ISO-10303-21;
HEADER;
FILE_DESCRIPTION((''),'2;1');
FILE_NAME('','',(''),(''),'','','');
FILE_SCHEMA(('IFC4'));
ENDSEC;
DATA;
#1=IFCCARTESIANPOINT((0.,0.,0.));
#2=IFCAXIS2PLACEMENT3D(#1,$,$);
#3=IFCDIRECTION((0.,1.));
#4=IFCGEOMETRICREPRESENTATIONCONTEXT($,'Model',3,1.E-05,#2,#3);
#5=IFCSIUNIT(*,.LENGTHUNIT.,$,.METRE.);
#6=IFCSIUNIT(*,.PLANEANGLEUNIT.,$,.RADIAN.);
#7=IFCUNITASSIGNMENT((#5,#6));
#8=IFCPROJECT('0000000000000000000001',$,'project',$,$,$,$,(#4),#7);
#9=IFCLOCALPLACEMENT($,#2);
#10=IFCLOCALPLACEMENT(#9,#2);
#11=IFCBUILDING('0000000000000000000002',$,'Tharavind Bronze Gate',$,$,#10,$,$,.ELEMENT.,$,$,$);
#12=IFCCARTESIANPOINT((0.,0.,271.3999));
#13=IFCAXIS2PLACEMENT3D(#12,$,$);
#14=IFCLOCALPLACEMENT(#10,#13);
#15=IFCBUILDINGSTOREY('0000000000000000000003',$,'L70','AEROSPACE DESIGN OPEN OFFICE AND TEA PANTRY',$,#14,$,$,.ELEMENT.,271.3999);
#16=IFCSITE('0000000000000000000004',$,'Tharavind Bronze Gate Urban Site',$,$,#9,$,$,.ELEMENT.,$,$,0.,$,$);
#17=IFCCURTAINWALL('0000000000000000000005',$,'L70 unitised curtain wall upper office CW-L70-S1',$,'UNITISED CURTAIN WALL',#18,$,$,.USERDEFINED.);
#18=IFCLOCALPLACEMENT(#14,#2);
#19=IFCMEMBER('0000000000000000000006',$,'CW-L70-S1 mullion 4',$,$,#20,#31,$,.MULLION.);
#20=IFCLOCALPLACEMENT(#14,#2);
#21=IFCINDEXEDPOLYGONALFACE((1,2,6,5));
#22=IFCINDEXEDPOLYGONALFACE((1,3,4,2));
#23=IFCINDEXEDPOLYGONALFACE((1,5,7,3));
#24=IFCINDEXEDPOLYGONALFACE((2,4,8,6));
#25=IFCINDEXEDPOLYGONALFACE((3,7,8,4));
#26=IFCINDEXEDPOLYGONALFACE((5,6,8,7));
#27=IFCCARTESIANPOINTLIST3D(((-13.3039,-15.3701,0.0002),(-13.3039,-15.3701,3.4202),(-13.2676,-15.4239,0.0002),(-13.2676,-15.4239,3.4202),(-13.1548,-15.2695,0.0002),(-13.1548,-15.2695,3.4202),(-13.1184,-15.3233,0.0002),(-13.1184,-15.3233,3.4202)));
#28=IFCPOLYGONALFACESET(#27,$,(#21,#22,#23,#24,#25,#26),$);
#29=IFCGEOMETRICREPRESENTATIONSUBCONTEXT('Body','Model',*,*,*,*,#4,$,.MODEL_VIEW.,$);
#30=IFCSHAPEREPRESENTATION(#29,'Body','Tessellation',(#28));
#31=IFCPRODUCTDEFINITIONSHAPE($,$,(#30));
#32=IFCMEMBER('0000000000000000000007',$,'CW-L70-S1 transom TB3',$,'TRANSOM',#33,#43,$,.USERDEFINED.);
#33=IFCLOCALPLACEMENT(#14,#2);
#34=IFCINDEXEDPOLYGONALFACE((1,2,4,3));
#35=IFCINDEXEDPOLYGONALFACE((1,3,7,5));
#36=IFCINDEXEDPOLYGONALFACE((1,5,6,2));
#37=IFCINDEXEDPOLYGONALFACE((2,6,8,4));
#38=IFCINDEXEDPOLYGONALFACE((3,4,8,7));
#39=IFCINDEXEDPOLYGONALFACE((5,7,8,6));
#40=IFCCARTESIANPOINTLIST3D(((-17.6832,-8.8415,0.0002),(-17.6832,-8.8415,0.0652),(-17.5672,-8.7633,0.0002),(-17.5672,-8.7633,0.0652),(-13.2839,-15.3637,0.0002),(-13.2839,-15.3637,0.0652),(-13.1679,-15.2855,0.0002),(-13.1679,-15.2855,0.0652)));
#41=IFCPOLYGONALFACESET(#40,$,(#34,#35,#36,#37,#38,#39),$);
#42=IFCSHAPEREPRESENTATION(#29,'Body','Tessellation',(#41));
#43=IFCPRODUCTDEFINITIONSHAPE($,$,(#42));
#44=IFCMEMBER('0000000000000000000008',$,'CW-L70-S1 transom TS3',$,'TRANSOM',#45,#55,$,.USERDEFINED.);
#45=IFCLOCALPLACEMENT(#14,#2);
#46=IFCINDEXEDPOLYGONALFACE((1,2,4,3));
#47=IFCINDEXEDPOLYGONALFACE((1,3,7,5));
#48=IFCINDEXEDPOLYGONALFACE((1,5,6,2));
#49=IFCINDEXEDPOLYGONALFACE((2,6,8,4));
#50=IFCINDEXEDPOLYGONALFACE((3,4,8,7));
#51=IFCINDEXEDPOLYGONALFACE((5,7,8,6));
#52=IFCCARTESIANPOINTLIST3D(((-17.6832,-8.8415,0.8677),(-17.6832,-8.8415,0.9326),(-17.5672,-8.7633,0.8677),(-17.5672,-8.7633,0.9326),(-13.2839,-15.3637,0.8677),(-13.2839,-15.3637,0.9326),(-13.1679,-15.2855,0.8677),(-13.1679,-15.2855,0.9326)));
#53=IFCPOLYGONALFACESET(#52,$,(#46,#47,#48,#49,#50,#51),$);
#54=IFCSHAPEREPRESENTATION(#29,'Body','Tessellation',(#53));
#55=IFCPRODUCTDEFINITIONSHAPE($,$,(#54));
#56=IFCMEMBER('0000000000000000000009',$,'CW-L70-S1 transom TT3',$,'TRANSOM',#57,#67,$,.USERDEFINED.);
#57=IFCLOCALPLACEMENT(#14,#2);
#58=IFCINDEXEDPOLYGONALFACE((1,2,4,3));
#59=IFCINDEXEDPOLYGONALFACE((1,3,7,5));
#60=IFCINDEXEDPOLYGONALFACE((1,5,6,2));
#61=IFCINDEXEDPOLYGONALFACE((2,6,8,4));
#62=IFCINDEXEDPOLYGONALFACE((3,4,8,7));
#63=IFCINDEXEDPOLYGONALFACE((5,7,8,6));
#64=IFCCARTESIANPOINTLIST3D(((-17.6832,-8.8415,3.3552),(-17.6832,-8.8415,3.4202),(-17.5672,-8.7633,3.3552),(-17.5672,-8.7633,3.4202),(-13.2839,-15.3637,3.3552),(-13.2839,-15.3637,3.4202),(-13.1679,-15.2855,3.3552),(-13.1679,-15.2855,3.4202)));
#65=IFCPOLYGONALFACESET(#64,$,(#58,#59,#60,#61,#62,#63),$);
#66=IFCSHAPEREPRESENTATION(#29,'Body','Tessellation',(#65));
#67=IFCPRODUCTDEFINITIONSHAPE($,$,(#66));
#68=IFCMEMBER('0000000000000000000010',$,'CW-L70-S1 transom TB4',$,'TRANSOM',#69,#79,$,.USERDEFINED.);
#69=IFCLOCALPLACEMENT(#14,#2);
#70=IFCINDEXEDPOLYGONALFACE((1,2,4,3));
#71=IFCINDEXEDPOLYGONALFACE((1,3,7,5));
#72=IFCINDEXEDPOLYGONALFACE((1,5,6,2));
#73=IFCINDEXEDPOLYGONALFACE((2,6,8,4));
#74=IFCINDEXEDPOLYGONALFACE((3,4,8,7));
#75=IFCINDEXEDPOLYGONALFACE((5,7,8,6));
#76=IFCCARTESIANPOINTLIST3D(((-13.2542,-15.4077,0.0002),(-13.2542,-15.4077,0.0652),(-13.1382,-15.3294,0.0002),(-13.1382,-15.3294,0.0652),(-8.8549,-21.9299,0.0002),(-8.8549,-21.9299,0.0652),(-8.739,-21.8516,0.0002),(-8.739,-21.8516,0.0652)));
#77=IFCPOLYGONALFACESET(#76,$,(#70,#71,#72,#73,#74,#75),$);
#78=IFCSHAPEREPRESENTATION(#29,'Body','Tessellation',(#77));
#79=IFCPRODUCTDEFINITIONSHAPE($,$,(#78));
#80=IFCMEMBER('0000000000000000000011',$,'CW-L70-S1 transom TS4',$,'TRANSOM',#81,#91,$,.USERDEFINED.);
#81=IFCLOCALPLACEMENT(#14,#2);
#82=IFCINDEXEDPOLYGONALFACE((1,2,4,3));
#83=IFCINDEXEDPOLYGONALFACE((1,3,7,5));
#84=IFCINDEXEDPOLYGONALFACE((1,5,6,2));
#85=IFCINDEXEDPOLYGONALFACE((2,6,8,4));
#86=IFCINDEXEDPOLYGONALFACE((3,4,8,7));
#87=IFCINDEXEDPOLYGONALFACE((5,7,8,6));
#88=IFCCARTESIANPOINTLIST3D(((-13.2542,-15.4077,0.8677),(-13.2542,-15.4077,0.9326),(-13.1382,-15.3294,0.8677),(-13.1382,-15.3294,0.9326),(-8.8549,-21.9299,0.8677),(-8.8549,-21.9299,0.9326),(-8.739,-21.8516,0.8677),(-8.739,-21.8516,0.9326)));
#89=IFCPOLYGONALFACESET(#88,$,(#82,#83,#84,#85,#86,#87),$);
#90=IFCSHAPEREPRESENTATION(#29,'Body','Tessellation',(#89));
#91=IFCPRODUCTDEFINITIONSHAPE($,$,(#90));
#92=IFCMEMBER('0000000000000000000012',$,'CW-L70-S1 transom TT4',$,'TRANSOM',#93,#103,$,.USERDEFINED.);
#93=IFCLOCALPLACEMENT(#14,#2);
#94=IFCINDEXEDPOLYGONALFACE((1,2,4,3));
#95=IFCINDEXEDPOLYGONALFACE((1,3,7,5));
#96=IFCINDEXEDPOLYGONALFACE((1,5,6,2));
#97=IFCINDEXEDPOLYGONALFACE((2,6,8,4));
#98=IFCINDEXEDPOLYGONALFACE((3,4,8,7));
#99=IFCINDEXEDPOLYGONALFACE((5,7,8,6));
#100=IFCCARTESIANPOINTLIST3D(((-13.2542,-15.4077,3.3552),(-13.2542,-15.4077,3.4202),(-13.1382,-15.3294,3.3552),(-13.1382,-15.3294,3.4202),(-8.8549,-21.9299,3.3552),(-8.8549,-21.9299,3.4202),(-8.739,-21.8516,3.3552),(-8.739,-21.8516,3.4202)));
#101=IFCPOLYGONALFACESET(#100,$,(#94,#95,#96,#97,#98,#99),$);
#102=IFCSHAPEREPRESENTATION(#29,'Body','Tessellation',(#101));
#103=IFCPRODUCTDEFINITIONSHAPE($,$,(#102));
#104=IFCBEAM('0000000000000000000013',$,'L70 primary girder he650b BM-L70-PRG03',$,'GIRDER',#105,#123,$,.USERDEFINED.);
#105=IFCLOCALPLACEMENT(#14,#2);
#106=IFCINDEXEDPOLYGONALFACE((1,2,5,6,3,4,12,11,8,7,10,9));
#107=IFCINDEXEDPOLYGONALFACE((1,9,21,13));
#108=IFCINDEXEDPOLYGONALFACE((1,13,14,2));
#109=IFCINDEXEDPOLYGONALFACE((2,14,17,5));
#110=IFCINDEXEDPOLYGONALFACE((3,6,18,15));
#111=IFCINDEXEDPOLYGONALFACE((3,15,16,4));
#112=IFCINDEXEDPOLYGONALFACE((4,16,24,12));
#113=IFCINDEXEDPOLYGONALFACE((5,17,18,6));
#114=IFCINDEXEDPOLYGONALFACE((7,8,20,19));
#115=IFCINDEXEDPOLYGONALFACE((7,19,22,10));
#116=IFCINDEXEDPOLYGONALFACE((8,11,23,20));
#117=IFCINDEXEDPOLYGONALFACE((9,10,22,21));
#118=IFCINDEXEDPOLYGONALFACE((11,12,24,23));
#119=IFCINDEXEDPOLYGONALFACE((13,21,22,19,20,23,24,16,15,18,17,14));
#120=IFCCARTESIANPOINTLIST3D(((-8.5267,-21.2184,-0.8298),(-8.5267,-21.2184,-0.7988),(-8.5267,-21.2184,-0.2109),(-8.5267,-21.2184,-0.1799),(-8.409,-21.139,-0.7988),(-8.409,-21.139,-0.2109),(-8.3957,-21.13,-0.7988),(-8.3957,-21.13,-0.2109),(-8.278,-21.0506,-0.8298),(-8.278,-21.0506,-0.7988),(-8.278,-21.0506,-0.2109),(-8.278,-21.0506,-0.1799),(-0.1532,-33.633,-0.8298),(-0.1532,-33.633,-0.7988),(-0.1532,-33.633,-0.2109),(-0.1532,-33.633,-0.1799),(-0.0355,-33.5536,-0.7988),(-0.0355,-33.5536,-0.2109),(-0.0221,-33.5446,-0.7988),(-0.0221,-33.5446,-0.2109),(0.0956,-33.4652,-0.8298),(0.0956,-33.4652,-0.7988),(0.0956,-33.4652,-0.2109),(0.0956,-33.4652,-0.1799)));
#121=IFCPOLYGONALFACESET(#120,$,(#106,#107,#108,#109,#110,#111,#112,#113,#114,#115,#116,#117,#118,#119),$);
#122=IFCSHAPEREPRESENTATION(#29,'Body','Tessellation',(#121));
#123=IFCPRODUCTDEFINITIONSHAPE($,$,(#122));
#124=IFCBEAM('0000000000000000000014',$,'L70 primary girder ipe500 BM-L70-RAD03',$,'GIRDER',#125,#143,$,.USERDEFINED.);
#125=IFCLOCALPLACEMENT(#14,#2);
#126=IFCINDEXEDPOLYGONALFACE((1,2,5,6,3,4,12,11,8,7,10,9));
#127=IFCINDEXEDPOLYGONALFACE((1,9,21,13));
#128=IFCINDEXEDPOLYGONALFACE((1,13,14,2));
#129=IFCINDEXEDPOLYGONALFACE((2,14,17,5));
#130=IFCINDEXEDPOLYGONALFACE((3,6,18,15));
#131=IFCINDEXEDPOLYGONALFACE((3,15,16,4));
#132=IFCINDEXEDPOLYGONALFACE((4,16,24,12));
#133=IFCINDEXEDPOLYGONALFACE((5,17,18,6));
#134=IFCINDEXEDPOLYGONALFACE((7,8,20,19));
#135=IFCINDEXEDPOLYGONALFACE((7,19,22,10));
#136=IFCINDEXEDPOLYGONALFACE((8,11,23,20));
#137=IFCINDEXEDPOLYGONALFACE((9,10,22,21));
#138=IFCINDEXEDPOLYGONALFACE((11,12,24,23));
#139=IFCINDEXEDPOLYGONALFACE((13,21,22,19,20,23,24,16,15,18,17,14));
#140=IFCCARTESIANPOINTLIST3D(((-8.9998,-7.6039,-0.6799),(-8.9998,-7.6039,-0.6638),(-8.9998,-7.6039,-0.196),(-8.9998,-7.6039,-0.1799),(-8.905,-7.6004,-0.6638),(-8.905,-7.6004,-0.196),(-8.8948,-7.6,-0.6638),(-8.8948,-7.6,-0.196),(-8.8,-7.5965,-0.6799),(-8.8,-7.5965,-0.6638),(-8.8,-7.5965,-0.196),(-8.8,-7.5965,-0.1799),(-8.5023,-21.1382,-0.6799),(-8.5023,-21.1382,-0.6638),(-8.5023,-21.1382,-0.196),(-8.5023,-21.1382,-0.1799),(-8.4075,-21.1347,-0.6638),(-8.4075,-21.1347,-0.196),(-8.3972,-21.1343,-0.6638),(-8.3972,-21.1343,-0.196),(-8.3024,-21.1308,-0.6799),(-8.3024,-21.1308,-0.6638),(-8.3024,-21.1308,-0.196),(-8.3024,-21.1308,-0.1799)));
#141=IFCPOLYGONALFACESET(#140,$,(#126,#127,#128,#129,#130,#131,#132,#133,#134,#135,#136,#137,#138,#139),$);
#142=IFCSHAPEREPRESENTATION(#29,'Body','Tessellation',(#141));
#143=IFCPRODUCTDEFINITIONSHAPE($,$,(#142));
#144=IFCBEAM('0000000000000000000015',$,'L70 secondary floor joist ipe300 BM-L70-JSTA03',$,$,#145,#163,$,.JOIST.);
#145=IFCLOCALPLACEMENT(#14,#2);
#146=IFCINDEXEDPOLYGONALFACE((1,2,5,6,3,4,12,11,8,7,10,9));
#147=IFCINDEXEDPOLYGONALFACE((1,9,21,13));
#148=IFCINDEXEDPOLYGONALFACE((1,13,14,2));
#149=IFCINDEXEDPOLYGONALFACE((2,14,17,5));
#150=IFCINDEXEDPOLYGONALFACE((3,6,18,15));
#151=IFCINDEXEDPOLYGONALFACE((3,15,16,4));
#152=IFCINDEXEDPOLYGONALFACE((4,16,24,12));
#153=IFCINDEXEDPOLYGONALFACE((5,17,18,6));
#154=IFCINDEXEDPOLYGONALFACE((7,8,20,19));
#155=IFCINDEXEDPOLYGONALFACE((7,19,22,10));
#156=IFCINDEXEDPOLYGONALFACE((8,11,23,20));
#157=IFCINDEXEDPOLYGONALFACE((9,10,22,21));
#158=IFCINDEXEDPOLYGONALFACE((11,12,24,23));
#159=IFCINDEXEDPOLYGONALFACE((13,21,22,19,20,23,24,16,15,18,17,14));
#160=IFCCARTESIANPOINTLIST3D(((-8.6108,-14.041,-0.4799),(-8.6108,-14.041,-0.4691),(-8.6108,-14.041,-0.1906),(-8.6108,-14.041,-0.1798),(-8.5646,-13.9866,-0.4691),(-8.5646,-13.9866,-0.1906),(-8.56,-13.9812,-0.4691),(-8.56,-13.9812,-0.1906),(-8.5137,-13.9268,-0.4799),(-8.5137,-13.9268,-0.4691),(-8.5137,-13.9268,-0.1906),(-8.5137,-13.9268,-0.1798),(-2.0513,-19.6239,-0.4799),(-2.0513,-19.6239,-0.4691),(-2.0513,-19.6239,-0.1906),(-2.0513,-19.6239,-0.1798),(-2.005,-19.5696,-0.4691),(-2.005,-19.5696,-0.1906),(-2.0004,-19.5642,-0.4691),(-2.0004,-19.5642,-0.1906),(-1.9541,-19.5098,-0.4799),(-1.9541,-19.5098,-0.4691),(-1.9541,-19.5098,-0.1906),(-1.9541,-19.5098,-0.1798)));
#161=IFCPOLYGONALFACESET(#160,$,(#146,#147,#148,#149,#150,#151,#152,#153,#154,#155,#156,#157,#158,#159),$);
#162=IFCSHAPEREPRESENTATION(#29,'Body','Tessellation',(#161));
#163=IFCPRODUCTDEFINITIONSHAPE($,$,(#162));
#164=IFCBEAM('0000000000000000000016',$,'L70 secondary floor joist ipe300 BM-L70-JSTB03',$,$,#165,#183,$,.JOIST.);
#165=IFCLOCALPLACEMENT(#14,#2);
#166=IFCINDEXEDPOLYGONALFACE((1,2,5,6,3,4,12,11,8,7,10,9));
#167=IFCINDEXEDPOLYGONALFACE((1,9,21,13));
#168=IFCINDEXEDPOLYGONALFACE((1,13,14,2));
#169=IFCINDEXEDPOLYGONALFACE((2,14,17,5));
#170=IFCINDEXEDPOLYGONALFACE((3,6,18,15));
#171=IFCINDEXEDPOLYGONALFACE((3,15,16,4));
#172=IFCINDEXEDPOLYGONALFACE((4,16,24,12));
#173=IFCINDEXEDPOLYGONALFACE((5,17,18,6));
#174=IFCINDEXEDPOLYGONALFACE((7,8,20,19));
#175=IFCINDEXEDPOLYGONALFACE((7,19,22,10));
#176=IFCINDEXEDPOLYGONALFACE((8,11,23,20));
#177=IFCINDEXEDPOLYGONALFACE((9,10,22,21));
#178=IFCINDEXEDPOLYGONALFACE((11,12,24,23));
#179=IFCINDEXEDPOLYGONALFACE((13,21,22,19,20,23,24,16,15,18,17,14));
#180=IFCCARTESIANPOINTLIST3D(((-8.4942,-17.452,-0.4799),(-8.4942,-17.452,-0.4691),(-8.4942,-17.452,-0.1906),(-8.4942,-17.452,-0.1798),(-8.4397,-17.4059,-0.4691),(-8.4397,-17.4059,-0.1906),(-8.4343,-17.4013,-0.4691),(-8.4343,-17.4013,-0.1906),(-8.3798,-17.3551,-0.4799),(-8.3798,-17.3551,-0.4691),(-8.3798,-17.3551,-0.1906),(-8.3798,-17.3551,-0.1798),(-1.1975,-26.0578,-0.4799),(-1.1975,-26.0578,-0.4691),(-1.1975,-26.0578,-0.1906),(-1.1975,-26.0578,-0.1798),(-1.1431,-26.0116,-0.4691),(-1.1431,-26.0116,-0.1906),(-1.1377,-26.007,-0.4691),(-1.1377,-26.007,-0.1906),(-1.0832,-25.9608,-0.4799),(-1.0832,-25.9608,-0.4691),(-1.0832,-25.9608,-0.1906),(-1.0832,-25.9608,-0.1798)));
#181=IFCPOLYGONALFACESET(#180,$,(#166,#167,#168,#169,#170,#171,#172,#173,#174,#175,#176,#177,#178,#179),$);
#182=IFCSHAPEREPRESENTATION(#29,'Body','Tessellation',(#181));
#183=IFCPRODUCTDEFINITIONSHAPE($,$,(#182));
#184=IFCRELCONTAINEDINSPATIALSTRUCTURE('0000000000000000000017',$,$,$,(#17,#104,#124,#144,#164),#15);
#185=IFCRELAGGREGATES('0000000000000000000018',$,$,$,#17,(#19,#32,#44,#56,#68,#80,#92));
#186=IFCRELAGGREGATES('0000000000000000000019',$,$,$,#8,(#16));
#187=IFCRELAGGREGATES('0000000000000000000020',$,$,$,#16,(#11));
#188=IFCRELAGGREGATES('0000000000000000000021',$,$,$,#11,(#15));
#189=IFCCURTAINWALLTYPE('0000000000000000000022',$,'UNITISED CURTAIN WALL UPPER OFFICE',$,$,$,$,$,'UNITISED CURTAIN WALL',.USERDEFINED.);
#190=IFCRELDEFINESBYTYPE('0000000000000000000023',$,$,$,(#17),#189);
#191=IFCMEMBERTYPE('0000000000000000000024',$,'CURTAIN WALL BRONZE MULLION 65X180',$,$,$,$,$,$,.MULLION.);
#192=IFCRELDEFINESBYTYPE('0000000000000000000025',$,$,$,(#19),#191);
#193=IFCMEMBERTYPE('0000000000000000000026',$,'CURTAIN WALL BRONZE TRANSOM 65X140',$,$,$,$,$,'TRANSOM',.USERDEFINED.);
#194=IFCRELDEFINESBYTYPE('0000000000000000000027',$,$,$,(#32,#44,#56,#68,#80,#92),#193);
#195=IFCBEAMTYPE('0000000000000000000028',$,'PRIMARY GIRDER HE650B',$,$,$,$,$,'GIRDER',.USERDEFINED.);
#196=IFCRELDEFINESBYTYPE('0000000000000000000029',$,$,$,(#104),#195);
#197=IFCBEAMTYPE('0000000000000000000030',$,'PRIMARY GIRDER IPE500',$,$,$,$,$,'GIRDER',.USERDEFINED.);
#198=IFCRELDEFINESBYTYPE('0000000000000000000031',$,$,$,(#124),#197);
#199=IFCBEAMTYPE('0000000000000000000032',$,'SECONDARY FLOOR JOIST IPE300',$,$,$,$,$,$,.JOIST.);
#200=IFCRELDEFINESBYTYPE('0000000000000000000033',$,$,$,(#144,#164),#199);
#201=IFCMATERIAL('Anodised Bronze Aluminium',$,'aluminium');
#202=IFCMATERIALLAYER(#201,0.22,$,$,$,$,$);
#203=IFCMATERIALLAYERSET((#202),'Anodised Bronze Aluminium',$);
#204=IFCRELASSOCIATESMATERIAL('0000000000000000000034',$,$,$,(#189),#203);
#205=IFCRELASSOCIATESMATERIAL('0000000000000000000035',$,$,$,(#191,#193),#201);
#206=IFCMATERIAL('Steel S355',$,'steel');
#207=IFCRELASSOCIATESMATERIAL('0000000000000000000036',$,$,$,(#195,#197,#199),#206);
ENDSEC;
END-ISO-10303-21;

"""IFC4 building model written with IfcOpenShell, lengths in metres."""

from ifc_helpers import new_model, si_unit, direction, frame, origin, origin_2d, place, context, subcontext, project, spatial, rectangle, i_section, extrude, material, layer, layer_set, material_profile, profile_set, type_object, element, aggregate, save


model = new_model("IFC4")

# Units and contexts
model_context = context("Model", 3, precision=1e-05, world=origin(), true_north=direction((0.0, 1.0)))
body_context = subcontext(model_context, "Body", "Model", "MODEL_VIEW")
ifc_project = project(units=[si_unit("LENGTHUNIT", "METRE"), si_unit("PLANEANGLEUNIT", "RADIAN")], contexts=[model_context])

# Site, building, storey
site_placement = place(None, origin())
site = spatial("IfcSite", under=ifc_project, at=site_placement, Name="Tharavind Bronze Gate Urban Site", CompositionType="ELEMENT", RefElevation=0.0)
building_placement = place(site_placement, origin())
building = spatial("IfcBuilding", under=site, at=building_placement, Name="Tharavind Bronze Gate", CompositionType="ELEMENT")
storey_placement = place(building_placement, frame((0.0, 0.0, 271.3999)))
storey = spatial("IfcBuildingStorey", under=building, at=storey_placement, Name="L70", Description="AEROSPACE DESIGN OPEN OFFICE AND TEA PANTRY", CompositionType="ELEMENT", Elevation=271.3999)

# Curtain wall, members
ifc_material_1 = material(Name="Anodised Bronze Aluminium", Category="aluminium")
ifc_layer_1 = layer(ifc_material_1, 0.22)
ifc_layer_set_1 = layer_set([ifc_layer_1], Name="Anodised Bronze Aluminium")
curtain_wall_type = type_object("IfcCurtainWallType", Name="UNITISED CURTAIN WALL UPPER OFFICE", ElementType="UNITISED CURTAIN WALL", PredefinedType="USERDEFINED", material=ifc_layer_set_1)
curtain_wall_placement = place(storey_placement, origin())
curtain_wall = element("IfcCurtainWall", 1, at=curtain_wall_placement, inside=storey, type_object=curtain_wall_type, Name="L70 unitised curtain wall upper office CW-L70-S1", ObjectType="UNITISED CURTAIN WALL", PredefinedType="USERDEFINED")
member_type_1 = type_object("IfcMemberType", Name="CURTAIN WALL BRONZE MULLION 65X180", PredefinedType="MULLION", material=ifc_material_1)
member_1_placement = place(storey_placement, frame((-13.2112, -15.3467, 0.0002), z_axis=(0.0, 0.0, 1.0), x_axis=(0.559191, -0.829039, 0.0)))
member_1 = element("IfcMember", 2, at=member_1_placement, type_object=member_type_1, Name="CW-L70-S1 mullion 4", PredefinedType="MULLION", context=body_context, shape_type="SweptSolid", body=[
    extrude(rectangle(XDim=0.0649, YDim=0.1799, at=origin_2d()), origin(), (0.0, 0.0, 1.0), 3.4199),
])
member_type_2 = type_object("IfcMemberType", Name="CURTAIN WALL BRONZE TRANSOM 65X140", ElementType="TRANSOM", PredefinedType="USERDEFINED", material=ifc_material_1)
member_2_placement = place(storey_placement, frame((-15.4255, -12.0635, 0.0002), z_axis=(0.0, 0.0, 1.0), x_axis=(0.559191, -0.829039, 0.0)))
member_2 = element("IfcMember", 3, at=member_2_placement, type_object=member_type_2, Name="CW-L70-S1 transom TB3", ObjectType="TRANSOM", PredefinedType="USERDEFINED", context=body_context, shape_type="SweptSolid", body=[
    extrude(rectangle(XDim=7.8672, YDim=0.1399, at=origin_2d()), origin(), (0.0, 0.0, 1.0), 0.0649),
])
member_3_placement = place(storey_placement, frame((-15.4255, -12.0635, 0.8677), z_axis=(0.0, 0.0, 1.0), x_axis=(0.559191, -0.829039, 0.0)))
member_3 = element("IfcMember", 4, at=member_3_placement, type_object=member_type_2, Name="CW-L70-S1 transom TS3", ObjectType="TRANSOM", PredefinedType="USERDEFINED", context=body_context, shape_type="SweptSolid", body=[
    extrude(rectangle(XDim=7.8672, YDim=0.1399, at=origin_2d()), origin(), (0.0, 0.0, 1.0), 0.0649),
])
member_4_placement = place(storey_placement, frame((-15.4255, -12.0635, 3.3552), z_axis=(0.0, 0.0, 1.0), x_axis=(0.559191, -0.829039, 0.0)))
member_4 = element("IfcMember", 5, at=member_4_placement, type_object=member_type_2, Name="CW-L70-S1 transom TT3", ObjectType="TRANSOM", PredefinedType="USERDEFINED", context=body_context, shape_type="SweptSolid", body=[
    extrude(rectangle(XDim=7.8672, YDim=0.1399, at=origin_2d()), origin(), (0.0, 0.0, 1.0), 0.0649),
])
member_5_placement = place(storey_placement, frame((-10.9966, -18.6296, 0.0002), z_axis=(0.0, 0.0, 1.0), x_axis=(0.559191, -0.829039, 0.0)))
member_5 = element("IfcMember", 6, at=member_5_placement, type_object=member_type_2, Name="CW-L70-S1 transom TB4", ObjectType="TRANSOM", PredefinedType="USERDEFINED", context=body_context, shape_type="SweptSolid", body=[
    extrude(rectangle(XDim=7.8672, YDim=0.1399, at=origin_2d()), origin(), (0.0, 0.0, 1.0), 0.0649),
])
member_6_placement = place(storey_placement, frame((-10.9966, -18.6296, 0.8677), z_axis=(0.0, 0.0, 1.0), x_axis=(0.559191, -0.829039, 0.0)))
member_6 = element("IfcMember", 7, at=member_6_placement, type_object=member_type_2, Name="CW-L70-S1 transom TS4", ObjectType="TRANSOM", PredefinedType="USERDEFINED", context=body_context, shape_type="SweptSolid", body=[
    extrude(rectangle(XDim=7.8672, YDim=0.1399, at=origin_2d()), origin(), (0.0, 0.0, 1.0), 0.0649),
])
member_7_placement = place(storey_placement, frame((-10.9966, -18.6296, 3.3552), z_axis=(0.0, 0.0, 1.0), x_axis=(0.559191, -0.829039, 0.0)))
member_7 = element("IfcMember", 8, at=member_7_placement, type_object=member_type_2, Name="CW-L70-S1 transom TT4", ObjectType="TRANSOM", PredefinedType="USERDEFINED", context=body_context, shape_type="SweptSolid", body=[
    extrude(rectangle(XDim=7.8672, YDim=0.1399, at=origin_2d()), origin(), (0.0, 0.0, 1.0), 0.0649),
])

# Beams
ifc_material_2 = material(Name="Steel S355", Category="steel")
ifc_material_profile_1 = material_profile(ifc_material_2, i_section(OverallWidth=0.3, OverallDepth=0.6499, WebThickness=0.0161, FlangeThickness=0.031, at=origin_2d()), Name="HE650B")
ifc_profile_set_1 = profile_set([ifc_material_profile_1], Name="Steel S355")
beam_type_1 = type_object("IfcBeamType", Name="PRIMARY GIRDER HE650B", ElementType="GIRDER", PredefinedType="USERDEFINED", material=ifc_profile_set_1)
beam_1_placement = place(storey_placement, frame((-8.4023, -21.1345, -0.5049), z_axis=(0.559184, -0.829043, 0.0), x_axis=(0.829043, 0.559184, 0.0)))
element("IfcBeam", 9, at=beam_1_placement, inside=storey, type_object=beam_type_1, Name="L70 primary girder he650b BM-L70-PRG03", ObjectType="GIRDER", PredefinedType="USERDEFINED", context=body_context, shape_type="SweptSolid", body=[
    extrude(i_section(OverallWidth=0.3, OverallDepth=0.6499, WebThickness=0.0161, FlangeThickness=0.031, at=origin_2d()), origin(), (0.0, 0.0, 1.0), 14.9746),
])
ifc_material_profile_2 = material_profile(ifc_material_2, i_section(OverallWidth=0.2, OverallDepth=0.5, WebThickness=0.0103, FlangeThickness=0.0161, at=origin_2d()), Name="IPE500")
ifc_profile_set_2 = profile_set([ifc_material_profile_2], Name="Steel S355")
beam_type_2 = type_object("IfcBeamType", Name="PRIMARY GIRDER IPE500", ElementType="GIRDER", PredefinedType="USERDEFINED", material=ifc_profile_set_2)
beam_2_placement = place(storey_placement, frame((-8.4023, -21.1345, -0.4299), z_axis=(-0.036738, 0.999325, 0.0), x_axis=(-0.999325, -0.036738, 0.0)))
element("IfcBeam", 10, at=beam_2_placement, inside=storey, type_object=beam_type_2, Name="L70 primary girder ipe500 BM-L70-RAD03", ObjectType="GIRDER", PredefinedType="USERDEFINED", context=body_context, shape_type="SweptSolid", body=[
    extrude(i_section(OverallWidth=0.2, OverallDepth=0.5, WebThickness=0.0103, FlangeThickness=0.0161, at=origin_2d()), origin(), (0.0, 0.0, 1.0), 13.5435),
])
ifc_material_profile_3 = material_profile(ifc_material_2, i_section(OverallWidth=0.1499, OverallDepth=0.3, WebThickness=0.0071, FlangeThickness=0.0107, at=origin_2d()), Name="IPE300")
ifc_profile_set_3 = profile_set([ifc_material_profile_3], Name="Steel S355")
beam_type_3 = type_object("IfcBeamType", Name="SECONDARY FLOOR JOIST IPE300", PredefinedType="JOIST", material=ifc_profile_set_3)
beam_3_placement = place(storey_placement, frame((-8.5623, -13.9839, -0.3298), z_axis=(0.761517, -0.648145, 0.0), x_axis=(0.648145, 0.761517, 0.0)))
element("IfcBeam", 11, at=beam_3_placement, inside=storey, type_object=beam_type_3, Name="L70 secondary floor joist ipe300 BM-L70-JSTA03", PredefinedType="JOIST", context=body_context, shape_type="SweptSolid", body=[
    extrude(i_section(OverallWidth=0.1499, OverallDepth=0.3, WebThickness=0.0071, FlangeThickness=0.0107, at=origin_2d()), origin(), (0.0, 0.0, 1.0), 8.6138),
])
beam_4_placement = place(storey_placement, frame((-8.437, -17.4036, -0.3298), z_axis=(0.64671, -0.762736, 0.0), x_axis=(0.762736, 0.64671, 0.0)))
element("IfcBeam", 12, at=beam_4_placement, inside=storey, type_object=beam_type_3, Name="L70 secondary floor joist ipe300 BM-L70-JSTB03", PredefinedType="JOIST", context=body_context, shape_type="SweptSolid", body=[
    extrude(i_section(OverallWidth=0.1499, OverallDepth=0.3, WebThickness=0.0071, FlangeThickness=0.0107, at=origin_2d()), origin(), (0.0, 0.0, 1.0), 11.2827),
])

aggregate(curtain_wall, [member_1, member_2, member_3, member_4, member_5, member_6, member_7])

save(model, "model.ifc")
